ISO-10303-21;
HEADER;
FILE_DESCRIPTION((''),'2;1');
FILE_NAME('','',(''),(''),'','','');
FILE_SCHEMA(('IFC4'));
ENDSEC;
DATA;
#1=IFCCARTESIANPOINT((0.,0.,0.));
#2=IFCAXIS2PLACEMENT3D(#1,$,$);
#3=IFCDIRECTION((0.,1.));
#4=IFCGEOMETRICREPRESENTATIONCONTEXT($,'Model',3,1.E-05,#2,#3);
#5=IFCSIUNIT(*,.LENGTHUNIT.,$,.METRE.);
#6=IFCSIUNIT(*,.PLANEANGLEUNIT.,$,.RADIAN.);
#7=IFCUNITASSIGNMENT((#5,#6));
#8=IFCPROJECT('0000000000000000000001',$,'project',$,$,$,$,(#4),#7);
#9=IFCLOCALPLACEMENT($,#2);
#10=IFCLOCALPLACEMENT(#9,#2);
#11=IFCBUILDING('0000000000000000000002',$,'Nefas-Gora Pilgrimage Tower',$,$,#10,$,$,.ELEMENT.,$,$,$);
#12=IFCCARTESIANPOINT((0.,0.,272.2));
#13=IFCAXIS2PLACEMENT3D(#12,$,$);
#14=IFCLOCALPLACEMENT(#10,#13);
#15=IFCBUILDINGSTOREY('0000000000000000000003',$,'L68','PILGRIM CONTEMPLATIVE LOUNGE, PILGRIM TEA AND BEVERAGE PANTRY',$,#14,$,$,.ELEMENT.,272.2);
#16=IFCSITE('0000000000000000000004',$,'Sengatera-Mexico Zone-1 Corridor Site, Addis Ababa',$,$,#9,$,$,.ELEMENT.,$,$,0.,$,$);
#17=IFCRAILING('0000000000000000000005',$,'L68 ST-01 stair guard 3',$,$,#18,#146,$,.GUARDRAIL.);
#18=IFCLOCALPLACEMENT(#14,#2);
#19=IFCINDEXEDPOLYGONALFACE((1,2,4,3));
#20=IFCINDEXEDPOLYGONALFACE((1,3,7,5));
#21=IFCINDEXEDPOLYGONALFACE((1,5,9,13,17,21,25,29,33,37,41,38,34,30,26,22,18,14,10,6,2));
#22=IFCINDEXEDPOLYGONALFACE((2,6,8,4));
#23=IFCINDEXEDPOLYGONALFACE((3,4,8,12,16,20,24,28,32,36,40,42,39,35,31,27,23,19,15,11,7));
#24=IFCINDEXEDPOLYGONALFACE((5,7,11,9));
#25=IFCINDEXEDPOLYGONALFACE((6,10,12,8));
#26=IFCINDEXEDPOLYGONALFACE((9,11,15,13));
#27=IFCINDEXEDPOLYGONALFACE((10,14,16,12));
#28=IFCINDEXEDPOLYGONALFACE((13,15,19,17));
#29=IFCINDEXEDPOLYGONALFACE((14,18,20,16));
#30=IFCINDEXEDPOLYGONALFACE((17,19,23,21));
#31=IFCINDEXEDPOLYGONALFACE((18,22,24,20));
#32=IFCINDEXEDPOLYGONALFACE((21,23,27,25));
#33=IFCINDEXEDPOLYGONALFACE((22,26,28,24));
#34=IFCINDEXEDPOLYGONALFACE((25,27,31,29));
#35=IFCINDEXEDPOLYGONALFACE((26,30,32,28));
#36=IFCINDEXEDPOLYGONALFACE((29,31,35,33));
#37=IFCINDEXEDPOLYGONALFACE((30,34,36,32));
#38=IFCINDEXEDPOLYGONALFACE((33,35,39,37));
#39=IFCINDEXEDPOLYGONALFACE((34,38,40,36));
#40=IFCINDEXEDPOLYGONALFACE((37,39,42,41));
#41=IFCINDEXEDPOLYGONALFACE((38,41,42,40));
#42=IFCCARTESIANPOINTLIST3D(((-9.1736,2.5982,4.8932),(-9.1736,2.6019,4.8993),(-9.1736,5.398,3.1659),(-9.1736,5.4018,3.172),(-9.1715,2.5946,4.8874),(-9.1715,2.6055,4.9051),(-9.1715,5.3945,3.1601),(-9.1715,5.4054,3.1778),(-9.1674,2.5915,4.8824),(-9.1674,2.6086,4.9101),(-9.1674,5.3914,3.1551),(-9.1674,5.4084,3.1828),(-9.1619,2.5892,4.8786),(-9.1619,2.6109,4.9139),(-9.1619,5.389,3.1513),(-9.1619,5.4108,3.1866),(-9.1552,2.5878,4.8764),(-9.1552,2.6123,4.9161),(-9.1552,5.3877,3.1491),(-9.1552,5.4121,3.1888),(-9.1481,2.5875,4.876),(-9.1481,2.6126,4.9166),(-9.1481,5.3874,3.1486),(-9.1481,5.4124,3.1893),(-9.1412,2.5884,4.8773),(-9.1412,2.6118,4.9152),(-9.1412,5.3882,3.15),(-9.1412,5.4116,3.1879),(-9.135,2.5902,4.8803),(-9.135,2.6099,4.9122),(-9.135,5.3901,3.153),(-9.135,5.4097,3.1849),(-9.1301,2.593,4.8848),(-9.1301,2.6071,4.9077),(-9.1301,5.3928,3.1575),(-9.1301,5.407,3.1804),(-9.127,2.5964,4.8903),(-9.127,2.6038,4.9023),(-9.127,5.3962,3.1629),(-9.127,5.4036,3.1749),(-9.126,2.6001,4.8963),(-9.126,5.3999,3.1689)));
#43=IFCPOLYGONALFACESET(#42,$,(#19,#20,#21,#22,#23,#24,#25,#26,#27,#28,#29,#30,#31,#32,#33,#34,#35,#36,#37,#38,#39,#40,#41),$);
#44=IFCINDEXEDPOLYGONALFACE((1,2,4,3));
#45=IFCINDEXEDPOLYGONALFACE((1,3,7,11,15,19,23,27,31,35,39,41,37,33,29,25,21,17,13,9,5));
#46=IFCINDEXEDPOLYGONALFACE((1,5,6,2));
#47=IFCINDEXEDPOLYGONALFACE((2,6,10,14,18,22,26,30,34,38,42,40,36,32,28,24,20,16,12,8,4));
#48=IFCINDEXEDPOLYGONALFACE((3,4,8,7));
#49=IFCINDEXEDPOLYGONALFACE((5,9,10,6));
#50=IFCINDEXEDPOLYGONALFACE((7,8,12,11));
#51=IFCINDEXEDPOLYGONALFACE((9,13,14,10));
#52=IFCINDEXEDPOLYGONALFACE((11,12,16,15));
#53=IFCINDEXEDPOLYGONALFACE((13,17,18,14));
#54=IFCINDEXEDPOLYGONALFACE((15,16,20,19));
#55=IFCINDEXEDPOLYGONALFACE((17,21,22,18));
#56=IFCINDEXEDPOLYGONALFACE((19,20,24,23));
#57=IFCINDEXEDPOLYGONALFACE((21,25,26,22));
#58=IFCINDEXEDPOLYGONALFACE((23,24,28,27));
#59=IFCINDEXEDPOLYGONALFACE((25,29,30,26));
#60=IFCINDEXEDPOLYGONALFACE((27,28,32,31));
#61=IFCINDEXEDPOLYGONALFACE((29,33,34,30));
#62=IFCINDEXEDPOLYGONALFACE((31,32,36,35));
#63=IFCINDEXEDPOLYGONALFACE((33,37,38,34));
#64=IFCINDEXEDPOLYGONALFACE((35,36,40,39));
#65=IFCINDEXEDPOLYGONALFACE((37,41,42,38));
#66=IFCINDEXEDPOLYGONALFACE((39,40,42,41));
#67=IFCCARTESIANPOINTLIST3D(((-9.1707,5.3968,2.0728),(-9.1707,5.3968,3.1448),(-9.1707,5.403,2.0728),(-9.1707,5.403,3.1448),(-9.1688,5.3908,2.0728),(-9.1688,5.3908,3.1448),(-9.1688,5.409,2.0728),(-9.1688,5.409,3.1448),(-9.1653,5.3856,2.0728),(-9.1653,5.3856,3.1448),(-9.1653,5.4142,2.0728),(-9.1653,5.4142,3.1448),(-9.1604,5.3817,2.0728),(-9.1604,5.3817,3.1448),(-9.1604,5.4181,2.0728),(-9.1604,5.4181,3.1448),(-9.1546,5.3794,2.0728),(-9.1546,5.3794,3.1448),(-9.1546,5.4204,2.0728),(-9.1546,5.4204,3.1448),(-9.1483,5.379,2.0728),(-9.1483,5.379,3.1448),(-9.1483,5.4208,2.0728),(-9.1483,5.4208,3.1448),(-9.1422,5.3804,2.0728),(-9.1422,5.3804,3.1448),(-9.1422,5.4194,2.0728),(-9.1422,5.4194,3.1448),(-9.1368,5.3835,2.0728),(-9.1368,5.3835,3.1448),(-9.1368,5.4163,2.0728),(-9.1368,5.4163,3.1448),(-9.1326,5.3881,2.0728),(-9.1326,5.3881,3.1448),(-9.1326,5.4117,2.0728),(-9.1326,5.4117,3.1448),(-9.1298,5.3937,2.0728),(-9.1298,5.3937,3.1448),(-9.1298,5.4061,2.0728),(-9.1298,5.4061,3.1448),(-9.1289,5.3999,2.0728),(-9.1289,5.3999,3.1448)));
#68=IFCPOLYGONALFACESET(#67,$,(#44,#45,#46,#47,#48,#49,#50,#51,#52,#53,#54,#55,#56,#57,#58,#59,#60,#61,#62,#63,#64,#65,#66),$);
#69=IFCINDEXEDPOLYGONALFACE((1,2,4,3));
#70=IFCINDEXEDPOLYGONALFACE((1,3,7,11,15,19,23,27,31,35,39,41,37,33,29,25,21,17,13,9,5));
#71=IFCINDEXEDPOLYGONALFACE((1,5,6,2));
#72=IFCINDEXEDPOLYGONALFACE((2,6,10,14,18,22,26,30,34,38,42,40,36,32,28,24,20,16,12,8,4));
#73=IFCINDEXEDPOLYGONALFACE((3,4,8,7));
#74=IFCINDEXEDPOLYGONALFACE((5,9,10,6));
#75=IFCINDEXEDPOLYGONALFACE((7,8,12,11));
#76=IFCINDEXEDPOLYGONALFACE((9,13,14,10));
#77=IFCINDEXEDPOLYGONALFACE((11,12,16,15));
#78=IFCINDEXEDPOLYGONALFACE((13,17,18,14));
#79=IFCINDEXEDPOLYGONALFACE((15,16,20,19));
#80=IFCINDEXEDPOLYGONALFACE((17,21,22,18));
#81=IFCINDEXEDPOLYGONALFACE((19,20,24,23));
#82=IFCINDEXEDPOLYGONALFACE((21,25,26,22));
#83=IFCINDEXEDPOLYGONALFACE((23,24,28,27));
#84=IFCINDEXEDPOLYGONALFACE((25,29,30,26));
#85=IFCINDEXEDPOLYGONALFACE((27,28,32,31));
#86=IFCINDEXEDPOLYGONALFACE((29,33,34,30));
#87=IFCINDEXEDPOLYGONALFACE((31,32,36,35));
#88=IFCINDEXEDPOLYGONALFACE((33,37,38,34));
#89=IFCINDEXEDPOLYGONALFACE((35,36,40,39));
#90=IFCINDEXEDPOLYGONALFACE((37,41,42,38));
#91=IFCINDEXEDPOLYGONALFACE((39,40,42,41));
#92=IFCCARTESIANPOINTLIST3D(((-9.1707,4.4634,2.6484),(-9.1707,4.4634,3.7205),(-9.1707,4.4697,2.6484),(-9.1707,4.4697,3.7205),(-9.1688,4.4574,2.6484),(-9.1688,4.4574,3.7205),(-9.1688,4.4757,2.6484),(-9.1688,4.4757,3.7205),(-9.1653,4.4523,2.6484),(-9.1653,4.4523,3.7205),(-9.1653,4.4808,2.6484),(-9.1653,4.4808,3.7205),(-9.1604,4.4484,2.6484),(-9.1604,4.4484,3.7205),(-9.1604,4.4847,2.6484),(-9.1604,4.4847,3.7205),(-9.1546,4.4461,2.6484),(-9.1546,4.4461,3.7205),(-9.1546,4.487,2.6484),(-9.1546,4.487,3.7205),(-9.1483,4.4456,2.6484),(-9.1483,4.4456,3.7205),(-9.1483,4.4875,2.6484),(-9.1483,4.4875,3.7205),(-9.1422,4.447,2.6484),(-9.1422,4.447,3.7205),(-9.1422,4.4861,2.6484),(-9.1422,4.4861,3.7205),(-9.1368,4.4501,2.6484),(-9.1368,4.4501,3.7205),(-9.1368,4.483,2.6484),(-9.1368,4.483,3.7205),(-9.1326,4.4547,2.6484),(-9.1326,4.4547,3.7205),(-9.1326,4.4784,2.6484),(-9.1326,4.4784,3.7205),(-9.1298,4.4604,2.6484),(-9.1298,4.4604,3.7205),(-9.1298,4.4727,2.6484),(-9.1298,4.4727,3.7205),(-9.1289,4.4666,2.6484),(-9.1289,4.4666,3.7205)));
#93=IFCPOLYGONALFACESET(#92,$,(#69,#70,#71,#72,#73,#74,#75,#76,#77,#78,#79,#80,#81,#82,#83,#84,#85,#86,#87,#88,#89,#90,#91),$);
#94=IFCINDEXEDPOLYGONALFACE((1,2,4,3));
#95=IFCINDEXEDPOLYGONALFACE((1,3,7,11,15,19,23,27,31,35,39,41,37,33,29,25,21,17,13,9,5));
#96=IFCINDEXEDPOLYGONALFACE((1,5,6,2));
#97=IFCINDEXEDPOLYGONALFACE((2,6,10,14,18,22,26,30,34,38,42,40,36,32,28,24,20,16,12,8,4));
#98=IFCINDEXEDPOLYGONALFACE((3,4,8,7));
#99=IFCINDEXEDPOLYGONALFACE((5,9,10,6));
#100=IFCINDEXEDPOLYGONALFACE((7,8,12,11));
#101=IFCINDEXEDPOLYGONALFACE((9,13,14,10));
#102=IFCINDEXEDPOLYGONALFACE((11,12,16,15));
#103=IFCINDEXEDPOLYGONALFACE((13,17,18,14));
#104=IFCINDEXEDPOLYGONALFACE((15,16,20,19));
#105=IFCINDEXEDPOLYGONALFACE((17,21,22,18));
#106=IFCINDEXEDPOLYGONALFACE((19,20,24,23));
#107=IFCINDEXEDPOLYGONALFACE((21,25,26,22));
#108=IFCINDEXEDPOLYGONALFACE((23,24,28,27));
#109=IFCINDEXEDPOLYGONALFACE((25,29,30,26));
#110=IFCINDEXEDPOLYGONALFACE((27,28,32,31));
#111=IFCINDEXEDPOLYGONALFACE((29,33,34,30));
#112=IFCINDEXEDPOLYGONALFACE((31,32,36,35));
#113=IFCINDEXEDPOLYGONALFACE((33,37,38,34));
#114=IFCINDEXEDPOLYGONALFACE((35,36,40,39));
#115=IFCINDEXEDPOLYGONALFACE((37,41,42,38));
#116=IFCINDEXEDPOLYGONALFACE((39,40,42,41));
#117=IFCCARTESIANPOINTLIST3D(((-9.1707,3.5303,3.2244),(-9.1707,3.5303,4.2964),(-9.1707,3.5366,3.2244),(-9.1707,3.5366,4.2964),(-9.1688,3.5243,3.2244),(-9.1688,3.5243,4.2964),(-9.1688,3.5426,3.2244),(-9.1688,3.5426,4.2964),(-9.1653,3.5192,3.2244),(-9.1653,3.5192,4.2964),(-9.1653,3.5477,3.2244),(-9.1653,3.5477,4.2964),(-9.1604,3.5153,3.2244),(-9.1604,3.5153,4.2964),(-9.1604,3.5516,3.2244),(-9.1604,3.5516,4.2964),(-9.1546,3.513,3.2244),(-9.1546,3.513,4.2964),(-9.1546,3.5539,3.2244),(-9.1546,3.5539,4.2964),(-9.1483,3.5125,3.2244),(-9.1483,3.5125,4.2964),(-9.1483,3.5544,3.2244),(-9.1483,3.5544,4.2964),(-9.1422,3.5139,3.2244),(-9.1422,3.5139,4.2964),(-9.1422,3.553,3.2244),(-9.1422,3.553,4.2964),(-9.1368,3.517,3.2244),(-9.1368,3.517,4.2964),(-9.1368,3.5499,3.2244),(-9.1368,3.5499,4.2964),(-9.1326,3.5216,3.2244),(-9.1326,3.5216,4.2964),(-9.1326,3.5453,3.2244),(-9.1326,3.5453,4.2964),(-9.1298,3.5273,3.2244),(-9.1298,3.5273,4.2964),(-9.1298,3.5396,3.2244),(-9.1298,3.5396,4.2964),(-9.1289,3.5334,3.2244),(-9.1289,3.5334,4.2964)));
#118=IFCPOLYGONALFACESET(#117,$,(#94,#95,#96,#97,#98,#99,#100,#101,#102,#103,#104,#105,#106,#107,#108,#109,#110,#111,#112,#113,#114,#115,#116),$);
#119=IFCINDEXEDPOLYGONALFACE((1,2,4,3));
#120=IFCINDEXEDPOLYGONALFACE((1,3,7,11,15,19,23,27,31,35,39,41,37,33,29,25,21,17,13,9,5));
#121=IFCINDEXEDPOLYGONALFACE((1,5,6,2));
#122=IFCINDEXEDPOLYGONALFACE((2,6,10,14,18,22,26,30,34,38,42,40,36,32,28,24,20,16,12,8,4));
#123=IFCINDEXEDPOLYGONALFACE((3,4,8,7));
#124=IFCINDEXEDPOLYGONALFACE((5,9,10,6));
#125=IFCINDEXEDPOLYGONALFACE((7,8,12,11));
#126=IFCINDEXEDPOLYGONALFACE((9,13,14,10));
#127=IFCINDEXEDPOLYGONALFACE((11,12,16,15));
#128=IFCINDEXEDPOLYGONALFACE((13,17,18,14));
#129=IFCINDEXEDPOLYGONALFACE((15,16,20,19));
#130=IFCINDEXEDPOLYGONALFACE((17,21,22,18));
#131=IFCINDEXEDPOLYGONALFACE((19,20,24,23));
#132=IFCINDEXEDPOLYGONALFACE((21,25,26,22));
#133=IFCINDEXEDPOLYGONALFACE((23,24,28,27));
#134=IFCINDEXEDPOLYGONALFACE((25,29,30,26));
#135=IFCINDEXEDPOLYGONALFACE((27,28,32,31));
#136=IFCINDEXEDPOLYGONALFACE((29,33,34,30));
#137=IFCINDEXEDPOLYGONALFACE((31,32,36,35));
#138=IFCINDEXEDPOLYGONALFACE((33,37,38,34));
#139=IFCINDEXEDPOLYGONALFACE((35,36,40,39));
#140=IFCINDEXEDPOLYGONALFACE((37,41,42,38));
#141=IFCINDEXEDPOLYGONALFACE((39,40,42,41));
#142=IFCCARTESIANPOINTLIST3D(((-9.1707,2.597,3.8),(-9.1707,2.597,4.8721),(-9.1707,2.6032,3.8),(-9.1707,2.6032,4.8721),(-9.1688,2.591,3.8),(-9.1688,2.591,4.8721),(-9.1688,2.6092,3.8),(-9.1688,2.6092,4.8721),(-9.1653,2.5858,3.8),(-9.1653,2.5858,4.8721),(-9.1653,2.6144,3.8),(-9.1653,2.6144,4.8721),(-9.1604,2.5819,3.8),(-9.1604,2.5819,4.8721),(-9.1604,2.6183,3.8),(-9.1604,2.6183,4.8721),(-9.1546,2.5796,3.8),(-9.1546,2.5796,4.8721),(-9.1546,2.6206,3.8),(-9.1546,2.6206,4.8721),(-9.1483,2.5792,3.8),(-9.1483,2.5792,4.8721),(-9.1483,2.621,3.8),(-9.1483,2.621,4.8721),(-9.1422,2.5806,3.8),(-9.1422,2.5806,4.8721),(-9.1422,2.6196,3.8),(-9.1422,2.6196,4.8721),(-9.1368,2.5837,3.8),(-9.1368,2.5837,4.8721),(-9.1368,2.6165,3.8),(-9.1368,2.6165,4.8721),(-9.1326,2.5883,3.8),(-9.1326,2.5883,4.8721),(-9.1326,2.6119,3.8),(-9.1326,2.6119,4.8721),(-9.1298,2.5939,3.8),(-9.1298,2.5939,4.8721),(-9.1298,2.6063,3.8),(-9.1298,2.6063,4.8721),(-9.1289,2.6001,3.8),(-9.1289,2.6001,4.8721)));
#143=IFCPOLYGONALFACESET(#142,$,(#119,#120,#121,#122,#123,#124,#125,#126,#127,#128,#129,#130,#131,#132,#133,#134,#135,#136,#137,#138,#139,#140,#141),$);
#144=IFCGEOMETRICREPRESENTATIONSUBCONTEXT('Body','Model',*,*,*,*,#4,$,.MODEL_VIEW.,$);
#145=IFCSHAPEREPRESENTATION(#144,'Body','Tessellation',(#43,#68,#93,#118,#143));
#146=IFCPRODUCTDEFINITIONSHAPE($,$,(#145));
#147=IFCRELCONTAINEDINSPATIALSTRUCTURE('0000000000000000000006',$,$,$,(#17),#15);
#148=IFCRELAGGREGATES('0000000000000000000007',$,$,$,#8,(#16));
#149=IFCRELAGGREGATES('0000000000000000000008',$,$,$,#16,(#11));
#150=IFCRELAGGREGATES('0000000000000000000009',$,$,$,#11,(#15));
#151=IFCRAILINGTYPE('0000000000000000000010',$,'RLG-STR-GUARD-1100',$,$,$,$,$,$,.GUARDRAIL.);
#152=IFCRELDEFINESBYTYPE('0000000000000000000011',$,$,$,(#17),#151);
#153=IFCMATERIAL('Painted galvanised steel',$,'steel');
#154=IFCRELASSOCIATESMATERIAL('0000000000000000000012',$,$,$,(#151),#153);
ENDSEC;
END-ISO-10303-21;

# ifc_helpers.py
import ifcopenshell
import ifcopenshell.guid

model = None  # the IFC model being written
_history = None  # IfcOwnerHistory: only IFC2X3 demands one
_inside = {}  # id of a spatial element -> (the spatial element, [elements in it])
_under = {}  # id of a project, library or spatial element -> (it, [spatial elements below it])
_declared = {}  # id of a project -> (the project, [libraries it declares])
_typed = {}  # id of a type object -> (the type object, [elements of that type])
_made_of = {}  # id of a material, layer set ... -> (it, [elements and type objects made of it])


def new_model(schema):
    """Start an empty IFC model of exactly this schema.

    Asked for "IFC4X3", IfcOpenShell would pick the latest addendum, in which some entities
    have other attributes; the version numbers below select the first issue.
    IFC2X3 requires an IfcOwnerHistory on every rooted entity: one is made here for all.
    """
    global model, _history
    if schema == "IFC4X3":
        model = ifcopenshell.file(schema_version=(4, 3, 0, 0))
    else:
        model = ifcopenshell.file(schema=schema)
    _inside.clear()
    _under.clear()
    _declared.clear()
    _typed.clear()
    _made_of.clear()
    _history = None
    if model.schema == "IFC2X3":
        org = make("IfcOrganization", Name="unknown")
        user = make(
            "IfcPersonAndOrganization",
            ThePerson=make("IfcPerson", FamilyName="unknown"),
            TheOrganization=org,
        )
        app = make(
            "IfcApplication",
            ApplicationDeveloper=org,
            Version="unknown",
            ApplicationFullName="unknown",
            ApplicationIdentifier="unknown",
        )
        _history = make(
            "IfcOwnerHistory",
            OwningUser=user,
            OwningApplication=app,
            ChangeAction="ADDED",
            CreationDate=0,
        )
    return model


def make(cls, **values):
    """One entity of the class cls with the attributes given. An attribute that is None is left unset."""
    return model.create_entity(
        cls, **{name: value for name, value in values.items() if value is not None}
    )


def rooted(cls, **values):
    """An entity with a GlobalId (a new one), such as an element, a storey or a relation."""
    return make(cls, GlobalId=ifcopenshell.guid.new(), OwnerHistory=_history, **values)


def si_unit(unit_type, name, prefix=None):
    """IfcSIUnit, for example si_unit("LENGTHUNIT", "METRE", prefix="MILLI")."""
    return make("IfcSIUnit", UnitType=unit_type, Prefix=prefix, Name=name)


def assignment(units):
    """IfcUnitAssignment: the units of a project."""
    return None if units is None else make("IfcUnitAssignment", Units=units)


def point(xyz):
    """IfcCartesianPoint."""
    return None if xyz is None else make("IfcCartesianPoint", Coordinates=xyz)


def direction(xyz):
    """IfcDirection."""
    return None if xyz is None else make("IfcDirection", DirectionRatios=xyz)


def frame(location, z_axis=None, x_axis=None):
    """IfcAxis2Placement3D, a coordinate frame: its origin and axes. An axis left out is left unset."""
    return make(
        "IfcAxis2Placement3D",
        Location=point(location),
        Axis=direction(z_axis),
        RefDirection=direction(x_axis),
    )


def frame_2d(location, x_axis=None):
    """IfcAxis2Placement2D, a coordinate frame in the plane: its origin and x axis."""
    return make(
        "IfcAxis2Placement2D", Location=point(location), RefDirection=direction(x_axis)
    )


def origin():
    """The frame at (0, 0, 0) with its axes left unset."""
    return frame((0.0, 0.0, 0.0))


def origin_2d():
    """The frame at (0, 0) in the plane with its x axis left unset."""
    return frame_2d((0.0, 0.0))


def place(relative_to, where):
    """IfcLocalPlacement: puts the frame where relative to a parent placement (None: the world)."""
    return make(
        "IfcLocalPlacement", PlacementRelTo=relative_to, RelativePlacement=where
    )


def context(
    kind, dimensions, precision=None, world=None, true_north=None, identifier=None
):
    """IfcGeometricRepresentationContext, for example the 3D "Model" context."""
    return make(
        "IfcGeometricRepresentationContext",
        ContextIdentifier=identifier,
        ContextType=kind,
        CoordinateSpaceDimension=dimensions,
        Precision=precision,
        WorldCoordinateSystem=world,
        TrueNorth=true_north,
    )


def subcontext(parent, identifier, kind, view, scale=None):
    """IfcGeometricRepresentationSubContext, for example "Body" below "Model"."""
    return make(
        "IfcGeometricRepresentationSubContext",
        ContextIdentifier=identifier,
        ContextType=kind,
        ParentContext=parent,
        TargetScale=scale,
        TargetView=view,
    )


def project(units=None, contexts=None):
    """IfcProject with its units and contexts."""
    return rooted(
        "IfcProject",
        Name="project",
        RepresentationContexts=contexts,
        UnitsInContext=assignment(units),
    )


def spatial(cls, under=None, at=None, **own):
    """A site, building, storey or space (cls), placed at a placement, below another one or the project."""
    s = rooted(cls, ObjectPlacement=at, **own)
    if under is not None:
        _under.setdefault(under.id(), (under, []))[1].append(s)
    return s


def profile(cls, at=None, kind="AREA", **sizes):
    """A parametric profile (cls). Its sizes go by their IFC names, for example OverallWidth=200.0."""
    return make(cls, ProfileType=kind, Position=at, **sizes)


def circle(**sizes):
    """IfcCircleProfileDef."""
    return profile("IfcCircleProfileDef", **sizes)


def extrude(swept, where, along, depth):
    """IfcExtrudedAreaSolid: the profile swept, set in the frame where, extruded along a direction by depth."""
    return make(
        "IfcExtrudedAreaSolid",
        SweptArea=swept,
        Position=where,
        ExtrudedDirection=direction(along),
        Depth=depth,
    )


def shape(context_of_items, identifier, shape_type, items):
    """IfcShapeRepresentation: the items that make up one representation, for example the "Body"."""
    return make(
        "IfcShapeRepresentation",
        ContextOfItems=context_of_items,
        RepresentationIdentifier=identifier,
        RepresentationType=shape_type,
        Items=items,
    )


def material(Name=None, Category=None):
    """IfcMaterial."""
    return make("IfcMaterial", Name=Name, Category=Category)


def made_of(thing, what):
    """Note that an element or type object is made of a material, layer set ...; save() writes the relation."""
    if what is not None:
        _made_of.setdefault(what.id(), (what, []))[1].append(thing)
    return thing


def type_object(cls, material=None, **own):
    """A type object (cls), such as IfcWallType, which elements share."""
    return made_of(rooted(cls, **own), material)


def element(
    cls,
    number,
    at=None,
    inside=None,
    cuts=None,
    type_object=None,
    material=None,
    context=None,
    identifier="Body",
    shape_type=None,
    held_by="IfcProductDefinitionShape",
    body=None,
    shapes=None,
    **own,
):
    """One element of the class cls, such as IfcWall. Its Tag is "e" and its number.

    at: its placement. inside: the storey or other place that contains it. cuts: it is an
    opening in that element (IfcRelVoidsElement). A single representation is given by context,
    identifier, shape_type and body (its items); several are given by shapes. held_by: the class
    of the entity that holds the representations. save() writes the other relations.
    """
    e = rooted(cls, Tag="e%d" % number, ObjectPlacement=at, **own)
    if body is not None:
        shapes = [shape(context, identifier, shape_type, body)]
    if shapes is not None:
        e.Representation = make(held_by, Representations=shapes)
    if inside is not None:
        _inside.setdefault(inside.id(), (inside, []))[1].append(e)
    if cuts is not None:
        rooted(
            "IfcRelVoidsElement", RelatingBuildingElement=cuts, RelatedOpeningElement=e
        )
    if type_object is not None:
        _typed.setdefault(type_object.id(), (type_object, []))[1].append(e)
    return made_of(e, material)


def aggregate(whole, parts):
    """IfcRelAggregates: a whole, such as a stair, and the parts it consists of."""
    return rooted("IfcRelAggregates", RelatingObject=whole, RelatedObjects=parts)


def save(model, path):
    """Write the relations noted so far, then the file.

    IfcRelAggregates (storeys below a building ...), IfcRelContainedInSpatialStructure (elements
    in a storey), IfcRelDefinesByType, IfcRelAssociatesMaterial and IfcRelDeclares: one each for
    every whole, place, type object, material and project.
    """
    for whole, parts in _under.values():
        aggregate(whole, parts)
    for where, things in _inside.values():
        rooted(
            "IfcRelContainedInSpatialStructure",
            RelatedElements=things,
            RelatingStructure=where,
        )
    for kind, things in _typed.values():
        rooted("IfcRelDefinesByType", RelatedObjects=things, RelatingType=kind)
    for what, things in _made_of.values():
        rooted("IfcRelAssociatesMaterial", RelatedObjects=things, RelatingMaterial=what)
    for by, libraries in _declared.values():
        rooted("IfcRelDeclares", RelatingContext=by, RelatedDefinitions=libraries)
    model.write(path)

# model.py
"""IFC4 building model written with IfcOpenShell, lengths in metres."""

from ifc_helpers import new_model, si_unit, direction, frame, origin, origin_2d, place, context, subcontext, project, spatial, circle, extrude, material, type_object, element, save


model = new_model("IFC4")

# Units and contexts
model_context = context("Model", 3, precision=1e-05, world=origin(), true_north=direction((0.0, 1.0)))
body_context = subcontext(model_context, "Body", "Model", "MODEL_VIEW")
ifc_project = project(units=[si_unit("LENGTHUNIT", "METRE"), si_unit("PLANEANGLEUNIT", "RADIAN")], contexts=[model_context])

# Site, building, storey
site_placement = place(None, origin())
site = spatial("IfcSite", under=ifc_project, at=site_placement, Name="Sengatera-Mexico Zone-1 Corridor Site, Addis Ababa", CompositionType="ELEMENT", RefElevation=0.0)
building_placement = place(site_placement, origin())
building = spatial("IfcBuilding", under=site, at=building_placement, Name="Nefas-Gora Pilgrimage Tower", CompositionType="ELEMENT")
storey_placement = place(building_placement, frame((0.0, 0.0, 272.2)))
storey = spatial("IfcBuildingStorey", under=building, at=storey_placement, Name="L68", Description="PILGRIM CONTEMPLATIVE LOUNGE, PILGRIM TEA AND BEVERAGE PANTRY", CompositionType="ELEMENT", Elevation=272.2)

# Railing
ifc_material_1 = material(Name="Painted galvanised steel", Category="steel")
railing_type_1 = type_object("IfcRailingType", Name="RLG-STR-GUARD-1100", PredefinedType="GUARDRAIL", material=ifc_material_1)
railing_1_placement = place(storey_placement, frame((-9.1499, 5.3999, 2.0728)))
element("IfcRailing", 1, at=railing_1_placement, inside=storey, type_object=railing_type_1, Name="L68 ST-01 stair guard 3", PredefinedType="GUARDRAIL", context=body_context, shape_type="SweptSolid", body=[
    extrude(circle(Radius=0.0239, at=origin_2d()), frame((0.0, 0.0, 1.0962), z_axis=(0.0, -0.851069, 0.525054), x_axis=(1.0, 0.0, 0.0)), (0.0, 0.0, 1.0), 3.2898),
    extrude(circle(Radius=0.021, at=origin_2d()), origin(), (0.0, 0.0, 1.0), 1.072),
    extrude(circle(Radius=0.021, at=origin_2d()), frame((0.0, -0.9333, 0.5757)), (0.0, 0.0, 1.0), 1.072),
    extrude(circle(Radius=0.021, at=origin_2d()), frame((0.0, -1.8665, 1.1516)), (0.0, 0.0, 1.0), 1.072),
    extrude(circle(Radius=0.021, at=origin_2d()), frame((0.0, -2.7998, 1.7273)), (0.0, 0.0, 1.0), 1.072),
])

save(model, "model.ifc")
